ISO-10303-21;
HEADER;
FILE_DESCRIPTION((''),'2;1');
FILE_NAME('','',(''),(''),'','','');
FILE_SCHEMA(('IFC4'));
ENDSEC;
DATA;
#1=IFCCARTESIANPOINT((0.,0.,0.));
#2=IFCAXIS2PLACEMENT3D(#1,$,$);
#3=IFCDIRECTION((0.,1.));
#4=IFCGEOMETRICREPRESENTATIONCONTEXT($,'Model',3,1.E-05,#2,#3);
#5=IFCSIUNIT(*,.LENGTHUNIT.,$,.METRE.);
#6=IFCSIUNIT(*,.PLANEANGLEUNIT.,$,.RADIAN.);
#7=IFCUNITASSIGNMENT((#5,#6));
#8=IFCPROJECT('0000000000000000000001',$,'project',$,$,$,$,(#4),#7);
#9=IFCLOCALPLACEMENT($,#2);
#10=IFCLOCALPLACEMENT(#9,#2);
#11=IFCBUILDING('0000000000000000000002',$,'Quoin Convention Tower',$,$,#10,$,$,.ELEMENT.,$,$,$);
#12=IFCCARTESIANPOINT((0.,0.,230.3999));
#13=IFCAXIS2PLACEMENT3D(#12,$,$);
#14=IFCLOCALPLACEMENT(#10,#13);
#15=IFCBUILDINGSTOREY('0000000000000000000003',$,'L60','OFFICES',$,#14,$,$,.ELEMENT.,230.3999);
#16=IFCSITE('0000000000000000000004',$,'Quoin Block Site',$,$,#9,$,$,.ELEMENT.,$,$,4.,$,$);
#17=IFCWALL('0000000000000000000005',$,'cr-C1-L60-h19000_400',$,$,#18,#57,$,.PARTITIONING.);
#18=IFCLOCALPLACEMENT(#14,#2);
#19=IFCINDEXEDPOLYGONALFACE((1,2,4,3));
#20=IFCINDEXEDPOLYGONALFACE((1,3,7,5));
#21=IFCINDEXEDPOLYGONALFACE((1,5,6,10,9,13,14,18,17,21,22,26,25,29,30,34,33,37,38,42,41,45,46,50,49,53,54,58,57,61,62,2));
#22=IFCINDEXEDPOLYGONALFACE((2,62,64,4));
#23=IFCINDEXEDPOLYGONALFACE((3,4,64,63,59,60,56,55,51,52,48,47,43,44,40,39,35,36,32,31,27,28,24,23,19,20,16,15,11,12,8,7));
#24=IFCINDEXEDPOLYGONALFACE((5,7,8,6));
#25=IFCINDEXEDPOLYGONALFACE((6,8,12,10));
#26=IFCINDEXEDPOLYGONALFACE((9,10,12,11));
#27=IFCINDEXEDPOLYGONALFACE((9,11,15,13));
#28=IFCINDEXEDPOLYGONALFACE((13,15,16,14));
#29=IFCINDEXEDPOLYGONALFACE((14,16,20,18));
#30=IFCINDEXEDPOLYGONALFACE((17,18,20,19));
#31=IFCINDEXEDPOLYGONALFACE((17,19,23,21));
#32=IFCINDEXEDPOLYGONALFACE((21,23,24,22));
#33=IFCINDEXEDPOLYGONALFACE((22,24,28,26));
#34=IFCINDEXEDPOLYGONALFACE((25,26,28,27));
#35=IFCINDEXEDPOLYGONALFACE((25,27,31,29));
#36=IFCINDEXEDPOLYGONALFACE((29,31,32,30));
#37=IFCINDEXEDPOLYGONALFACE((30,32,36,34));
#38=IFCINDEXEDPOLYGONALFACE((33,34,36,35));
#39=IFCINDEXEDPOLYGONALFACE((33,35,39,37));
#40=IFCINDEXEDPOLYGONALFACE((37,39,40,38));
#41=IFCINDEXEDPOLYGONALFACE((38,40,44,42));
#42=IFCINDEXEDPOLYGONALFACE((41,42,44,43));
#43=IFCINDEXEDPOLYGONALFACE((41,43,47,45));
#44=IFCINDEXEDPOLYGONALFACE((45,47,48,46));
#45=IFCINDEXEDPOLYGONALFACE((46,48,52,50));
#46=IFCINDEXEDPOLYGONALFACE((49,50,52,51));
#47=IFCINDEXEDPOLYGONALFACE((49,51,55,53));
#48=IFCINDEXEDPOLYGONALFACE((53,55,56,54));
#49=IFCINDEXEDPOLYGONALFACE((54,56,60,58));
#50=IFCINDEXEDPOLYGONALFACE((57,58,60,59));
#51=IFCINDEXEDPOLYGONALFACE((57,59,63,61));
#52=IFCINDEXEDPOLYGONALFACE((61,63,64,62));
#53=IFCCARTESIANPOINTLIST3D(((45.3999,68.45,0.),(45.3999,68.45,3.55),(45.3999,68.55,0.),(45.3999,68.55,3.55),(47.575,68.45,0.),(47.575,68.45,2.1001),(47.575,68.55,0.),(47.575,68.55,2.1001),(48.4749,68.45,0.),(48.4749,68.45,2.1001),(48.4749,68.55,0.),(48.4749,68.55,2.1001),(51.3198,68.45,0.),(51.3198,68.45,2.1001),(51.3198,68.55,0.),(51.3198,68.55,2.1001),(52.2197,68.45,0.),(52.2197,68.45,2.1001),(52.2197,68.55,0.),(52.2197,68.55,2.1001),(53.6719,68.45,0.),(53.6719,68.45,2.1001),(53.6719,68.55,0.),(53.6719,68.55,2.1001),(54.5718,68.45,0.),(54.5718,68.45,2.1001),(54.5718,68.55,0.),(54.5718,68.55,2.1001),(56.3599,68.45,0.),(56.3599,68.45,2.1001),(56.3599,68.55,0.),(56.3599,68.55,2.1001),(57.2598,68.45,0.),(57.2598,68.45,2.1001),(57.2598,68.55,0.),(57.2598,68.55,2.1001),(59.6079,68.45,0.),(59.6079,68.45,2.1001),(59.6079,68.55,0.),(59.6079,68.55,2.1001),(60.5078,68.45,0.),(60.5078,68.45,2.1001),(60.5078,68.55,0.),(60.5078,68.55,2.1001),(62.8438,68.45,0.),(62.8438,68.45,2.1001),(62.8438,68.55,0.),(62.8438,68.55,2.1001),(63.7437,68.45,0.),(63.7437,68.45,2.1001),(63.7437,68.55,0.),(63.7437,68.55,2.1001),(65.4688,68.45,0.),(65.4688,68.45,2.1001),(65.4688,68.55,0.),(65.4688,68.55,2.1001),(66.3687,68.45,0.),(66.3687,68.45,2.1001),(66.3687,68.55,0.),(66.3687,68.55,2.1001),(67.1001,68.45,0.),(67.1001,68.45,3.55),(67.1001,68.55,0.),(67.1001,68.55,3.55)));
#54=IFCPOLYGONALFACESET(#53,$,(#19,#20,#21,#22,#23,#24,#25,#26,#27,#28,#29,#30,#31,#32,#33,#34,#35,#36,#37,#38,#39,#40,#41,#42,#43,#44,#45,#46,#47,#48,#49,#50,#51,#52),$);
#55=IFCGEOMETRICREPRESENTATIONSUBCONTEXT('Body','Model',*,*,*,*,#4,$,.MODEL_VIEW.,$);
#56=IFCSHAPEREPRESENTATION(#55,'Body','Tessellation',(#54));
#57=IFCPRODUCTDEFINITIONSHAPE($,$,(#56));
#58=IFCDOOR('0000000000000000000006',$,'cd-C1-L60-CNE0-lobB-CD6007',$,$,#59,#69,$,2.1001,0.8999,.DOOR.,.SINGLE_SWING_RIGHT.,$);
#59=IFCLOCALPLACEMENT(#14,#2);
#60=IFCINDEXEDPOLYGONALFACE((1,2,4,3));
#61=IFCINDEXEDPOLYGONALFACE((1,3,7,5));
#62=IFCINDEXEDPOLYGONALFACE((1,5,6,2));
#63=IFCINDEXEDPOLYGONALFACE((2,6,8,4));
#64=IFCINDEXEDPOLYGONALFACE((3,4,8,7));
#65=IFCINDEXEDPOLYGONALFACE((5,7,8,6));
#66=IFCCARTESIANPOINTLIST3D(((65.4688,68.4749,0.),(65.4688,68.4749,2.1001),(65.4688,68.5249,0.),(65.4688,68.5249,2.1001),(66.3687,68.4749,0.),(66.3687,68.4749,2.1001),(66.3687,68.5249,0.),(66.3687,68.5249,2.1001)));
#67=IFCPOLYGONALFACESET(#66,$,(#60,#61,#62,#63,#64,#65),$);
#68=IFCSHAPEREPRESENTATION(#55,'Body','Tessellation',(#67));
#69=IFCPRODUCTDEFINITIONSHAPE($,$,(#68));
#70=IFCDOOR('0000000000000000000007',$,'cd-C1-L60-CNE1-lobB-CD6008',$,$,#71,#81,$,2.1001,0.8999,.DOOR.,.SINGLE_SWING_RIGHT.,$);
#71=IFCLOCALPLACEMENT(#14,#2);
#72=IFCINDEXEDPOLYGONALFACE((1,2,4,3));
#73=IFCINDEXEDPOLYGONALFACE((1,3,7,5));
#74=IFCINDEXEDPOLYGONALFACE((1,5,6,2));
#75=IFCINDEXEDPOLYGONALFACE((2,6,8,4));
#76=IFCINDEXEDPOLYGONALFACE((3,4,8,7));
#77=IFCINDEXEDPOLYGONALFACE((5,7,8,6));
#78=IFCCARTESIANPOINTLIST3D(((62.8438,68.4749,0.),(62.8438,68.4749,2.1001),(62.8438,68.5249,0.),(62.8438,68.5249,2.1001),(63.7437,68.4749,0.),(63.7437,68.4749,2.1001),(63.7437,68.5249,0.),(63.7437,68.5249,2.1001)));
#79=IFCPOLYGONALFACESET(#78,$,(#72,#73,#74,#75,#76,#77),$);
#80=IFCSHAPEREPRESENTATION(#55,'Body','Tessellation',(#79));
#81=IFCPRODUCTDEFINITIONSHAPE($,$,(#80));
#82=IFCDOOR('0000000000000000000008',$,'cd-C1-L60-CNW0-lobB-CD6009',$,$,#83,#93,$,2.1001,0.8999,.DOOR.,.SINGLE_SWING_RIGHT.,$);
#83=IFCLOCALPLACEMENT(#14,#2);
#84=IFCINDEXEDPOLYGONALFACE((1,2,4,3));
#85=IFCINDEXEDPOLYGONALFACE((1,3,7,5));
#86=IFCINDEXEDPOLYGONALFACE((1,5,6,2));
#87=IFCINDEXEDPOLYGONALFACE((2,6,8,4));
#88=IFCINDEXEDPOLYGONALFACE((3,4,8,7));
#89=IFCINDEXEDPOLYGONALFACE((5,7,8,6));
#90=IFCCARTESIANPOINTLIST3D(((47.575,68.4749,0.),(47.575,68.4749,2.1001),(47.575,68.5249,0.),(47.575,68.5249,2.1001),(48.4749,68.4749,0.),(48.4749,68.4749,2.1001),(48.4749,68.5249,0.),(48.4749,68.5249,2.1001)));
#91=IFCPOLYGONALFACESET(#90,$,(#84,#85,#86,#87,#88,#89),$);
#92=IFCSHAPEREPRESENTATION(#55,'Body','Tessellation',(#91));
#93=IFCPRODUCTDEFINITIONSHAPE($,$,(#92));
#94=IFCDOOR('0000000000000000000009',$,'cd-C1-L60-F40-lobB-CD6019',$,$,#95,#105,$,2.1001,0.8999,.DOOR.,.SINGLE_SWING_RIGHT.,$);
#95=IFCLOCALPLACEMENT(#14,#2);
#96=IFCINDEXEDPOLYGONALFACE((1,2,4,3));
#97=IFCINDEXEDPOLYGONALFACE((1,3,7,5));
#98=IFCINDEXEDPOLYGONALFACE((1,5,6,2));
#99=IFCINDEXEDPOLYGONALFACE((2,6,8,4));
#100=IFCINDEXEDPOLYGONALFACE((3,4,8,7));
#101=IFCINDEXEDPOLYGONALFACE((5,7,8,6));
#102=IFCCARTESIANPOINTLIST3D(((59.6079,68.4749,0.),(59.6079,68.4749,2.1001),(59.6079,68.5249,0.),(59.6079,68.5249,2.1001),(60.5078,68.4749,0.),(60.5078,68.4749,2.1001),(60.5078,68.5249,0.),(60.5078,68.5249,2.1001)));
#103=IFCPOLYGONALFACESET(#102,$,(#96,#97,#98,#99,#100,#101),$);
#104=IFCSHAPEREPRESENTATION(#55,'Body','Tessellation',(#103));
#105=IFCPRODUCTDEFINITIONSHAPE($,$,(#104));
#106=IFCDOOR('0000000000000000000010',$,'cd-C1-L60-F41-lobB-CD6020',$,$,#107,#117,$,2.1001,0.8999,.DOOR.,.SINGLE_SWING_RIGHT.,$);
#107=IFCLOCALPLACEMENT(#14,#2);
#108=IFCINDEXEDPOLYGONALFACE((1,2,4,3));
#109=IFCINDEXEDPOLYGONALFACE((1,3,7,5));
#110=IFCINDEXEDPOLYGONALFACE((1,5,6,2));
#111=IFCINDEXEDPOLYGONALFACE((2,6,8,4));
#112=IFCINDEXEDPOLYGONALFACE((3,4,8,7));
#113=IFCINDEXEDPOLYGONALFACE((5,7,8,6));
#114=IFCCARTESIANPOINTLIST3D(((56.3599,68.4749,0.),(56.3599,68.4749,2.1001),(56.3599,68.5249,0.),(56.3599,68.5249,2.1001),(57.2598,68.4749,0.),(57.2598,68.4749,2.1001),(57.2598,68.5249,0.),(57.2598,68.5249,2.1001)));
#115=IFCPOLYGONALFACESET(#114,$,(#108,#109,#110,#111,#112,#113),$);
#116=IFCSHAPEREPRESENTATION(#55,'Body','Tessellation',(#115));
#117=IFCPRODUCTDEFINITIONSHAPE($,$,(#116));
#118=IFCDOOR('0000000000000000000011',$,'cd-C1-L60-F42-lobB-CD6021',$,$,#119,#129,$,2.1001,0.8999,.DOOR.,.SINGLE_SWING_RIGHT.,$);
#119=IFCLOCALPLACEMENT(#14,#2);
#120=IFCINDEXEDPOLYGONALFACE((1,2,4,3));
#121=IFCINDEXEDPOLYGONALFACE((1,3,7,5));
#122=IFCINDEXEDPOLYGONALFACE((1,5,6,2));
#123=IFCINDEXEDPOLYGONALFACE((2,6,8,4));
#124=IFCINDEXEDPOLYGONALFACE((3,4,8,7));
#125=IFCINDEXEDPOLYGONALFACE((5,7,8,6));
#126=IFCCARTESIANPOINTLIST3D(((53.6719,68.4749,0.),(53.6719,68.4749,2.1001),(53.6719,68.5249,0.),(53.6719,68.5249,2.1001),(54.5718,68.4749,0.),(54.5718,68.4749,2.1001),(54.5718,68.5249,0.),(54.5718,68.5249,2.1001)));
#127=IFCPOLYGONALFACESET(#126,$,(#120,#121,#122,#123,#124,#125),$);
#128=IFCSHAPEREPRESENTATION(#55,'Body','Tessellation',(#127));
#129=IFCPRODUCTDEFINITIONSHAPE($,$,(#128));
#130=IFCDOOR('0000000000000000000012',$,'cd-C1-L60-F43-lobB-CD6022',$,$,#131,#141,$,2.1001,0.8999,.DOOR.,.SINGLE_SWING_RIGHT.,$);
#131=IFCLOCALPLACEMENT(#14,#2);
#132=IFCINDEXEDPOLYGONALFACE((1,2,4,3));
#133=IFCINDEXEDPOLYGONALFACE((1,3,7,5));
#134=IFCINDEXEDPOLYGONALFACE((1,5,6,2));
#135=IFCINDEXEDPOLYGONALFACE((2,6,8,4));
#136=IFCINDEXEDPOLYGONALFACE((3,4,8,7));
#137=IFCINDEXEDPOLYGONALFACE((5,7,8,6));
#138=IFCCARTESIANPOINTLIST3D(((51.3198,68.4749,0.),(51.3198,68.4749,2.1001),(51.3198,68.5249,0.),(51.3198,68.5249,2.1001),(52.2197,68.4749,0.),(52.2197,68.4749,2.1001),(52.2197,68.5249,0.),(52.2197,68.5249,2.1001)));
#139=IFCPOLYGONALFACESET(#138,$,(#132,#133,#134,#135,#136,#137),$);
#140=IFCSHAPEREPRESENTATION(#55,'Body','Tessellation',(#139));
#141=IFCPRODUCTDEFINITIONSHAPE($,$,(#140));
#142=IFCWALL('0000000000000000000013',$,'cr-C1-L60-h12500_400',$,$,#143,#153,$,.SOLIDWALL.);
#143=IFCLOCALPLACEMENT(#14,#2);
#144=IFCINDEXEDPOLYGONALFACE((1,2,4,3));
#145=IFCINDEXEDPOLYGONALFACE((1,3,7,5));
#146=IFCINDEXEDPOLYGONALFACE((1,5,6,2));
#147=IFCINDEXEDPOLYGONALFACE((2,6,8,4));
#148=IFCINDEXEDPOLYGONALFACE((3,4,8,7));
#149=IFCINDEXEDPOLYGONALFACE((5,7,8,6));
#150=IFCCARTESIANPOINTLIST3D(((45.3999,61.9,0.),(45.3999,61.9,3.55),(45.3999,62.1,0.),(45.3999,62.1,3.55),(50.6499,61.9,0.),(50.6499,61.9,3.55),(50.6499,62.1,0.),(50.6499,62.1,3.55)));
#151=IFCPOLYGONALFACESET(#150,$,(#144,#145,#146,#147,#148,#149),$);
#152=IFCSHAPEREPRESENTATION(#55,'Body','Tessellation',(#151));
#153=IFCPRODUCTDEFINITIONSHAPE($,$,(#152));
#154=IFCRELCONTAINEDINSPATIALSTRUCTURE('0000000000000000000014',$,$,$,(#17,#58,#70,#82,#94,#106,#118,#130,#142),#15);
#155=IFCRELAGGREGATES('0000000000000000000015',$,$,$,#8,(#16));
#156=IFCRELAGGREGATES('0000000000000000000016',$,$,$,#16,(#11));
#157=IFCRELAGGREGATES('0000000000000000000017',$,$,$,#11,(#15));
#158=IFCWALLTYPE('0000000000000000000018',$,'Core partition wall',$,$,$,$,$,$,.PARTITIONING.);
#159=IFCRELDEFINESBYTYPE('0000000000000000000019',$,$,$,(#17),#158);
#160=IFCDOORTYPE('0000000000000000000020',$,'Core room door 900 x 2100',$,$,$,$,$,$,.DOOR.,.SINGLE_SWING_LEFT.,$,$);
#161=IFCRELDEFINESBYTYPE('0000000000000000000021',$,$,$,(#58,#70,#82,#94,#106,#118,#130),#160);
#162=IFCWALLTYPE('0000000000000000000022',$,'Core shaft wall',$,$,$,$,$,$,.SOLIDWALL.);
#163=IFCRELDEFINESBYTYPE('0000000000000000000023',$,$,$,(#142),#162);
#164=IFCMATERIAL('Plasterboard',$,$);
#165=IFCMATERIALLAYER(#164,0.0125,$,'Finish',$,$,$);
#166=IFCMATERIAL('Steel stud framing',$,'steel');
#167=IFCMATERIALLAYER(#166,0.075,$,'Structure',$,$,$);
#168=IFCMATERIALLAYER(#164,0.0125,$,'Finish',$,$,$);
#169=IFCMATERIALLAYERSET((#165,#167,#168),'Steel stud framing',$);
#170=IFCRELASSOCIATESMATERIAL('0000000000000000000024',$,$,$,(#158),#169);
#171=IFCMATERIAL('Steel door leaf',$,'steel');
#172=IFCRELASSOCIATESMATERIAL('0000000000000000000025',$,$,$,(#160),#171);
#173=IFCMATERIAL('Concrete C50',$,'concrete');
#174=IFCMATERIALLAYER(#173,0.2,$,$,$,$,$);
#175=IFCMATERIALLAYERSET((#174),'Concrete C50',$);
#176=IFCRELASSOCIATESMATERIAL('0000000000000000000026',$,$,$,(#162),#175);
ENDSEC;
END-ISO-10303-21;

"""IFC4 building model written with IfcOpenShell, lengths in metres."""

from ifc_helpers import new_model, si_unit, direction, frame, frame_2d, origin, place, context, subcontext, project, spatial, rectangle, extrude, material, layer, layer_set, type_object, element, fill, save


model = new_model("IFC4")

# Units and contexts
model_context = context("Model", 3, precision=1e-05, world=origin(), true_north=direction((0.0, 1.0)))
body_context = subcontext(model_context, "Body", "Model", "MODEL_VIEW")
ifc_project = project(units=[si_unit("LENGTHUNIT", "METRE"), si_unit("PLANEANGLEUNIT", "RADIAN")], contexts=[model_context])

# Site, building, storey
site_placement = place(None, origin())
site = spatial("IfcSite", under=ifc_project, at=site_placement, Name="Quoin Block Site", CompositionType="ELEMENT", RefElevation=4.0)
building_placement = place(site_placement, origin())
building = spatial("IfcBuilding", under=site, at=building_placement, Name="Quoin Convention Tower", CompositionType="ELEMENT")
storey_placement = place(building_placement, frame((0.0, 0.0, 230.3999)))
storey = spatial("IfcBuildingStorey", under=building, at=storey_placement, Name="L60", Description="OFFICES", CompositionType="ELEMENT", Elevation=230.3999)

# Wall, openings, doors
ifc_material_1 = material(Name="Plasterboard")
ifc_layer_1 = layer(ifc_material_1, 0.0125, Name="Finish")
ifc_material_2 = material(Name="Steel stud framing", Category="steel")
ifc_layer_2 = layer(ifc_material_2, 0.075, Name="Structure")
ifc_layer_3 = layer(ifc_material_1, 0.0125, Name="Finish")
ifc_layer_set_1 = layer_set([ifc_layer_1, ifc_layer_2, ifc_layer_3], Name="Steel stud framing")
wall_type_1 = type_object("IfcWallType", Name="Core partition wall", PredefinedType="PARTITIONING", material=ifc_layer_set_1)
wall_1_placement = place(storey_placement, frame((45.3999, 68.5, 0.0), z_axis=(0.0, 0.0, 1.0), x_axis=(1.0, 0.0, 0.0)))
wall_1 = element("IfcWall", 1, at=wall_1_placement, inside=storey, type_object=wall_type_1, Name="cr-C1-L60-h19000_400", PredefinedType="PARTITIONING", context=body_context, shape_type="SweptSolid", body=[
    extrude(rectangle(XDim=21.7002, YDim=0.1001, at=frame_2d((10.8501, 0.0))), origin(), (0.0, 0.0, 1.0), 3.55),
])
opening_1_placement = place(wall_1_placement, frame((20.0688, 0.0, 0.0)))
opening_1 = element("IfcOpeningElement", 2, at=opening_1_placement, cuts=wall_1, PredefinedType="OPENING", context=body_context, shape_type="SweptSolid", body=[
    extrude(rectangle(XDim=0.8999, YDim=2.1001, at=frame_2d((0.45, 1.05))), frame((0.0, 0.0601, 0.0), z_axis=(0.0, -1.0, 0.0), x_axis=(1.0, 0.0, 0.0)), (0.0, 0.0, 1.0), 0.1201),
])
opening_2_placement = place(wall_1_placement, frame((17.4438, 0.0, 0.0)))
opening_2 = element("IfcOpeningElement", 3, at=opening_2_placement, cuts=wall_1, PredefinedType="OPENING", context=body_context, shape_type="SweptSolid", body=[
    extrude(rectangle(XDim=0.8999, YDim=2.1001, at=frame_2d((0.45, 1.05))), frame((0.0, 0.0601, 0.0), z_axis=(0.0, -1.0, 0.0), x_axis=(1.0, 0.0, 0.0)), (0.0, 0.0, 1.0), 0.1201),
])
opening_3_placement = place(wall_1_placement, frame((2.175, 0.0, 0.0)))
opening_3 = element("IfcOpeningElement", 4, at=opening_3_placement, cuts=wall_1, PredefinedType="OPENING", context=body_context, shape_type="SweptSolid", body=[
    extrude(rectangle(XDim=0.8999, YDim=2.1001, at=frame_2d((0.45, 1.05))), frame((0.0, 0.0601, 0.0), z_axis=(0.0, -1.0, 0.0), x_axis=(1.0, 0.0, 0.0)), (0.0, 0.0, 1.0), 0.1201),
])
opening_4_placement = place(wall_1_placement, frame((14.208, 0.0, 0.0)))
opening_4 = element("IfcOpeningElement", 5, at=opening_4_placement, cuts=wall_1, PredefinedType="OPENING", context=body_context, shape_type="SweptSolid", body=[
    extrude(rectangle(XDim=0.8999, YDim=2.1001, at=frame_2d((0.45, 1.05))), frame((0.0, 0.0601, 0.0), z_axis=(0.0, -1.0, 0.0), x_axis=(1.0, 0.0, 0.0)), (0.0, 0.0, 1.0), 0.1201),
])
opening_5_placement = place(wall_1_placement, frame((10.96, 0.0, 0.0)))
opening_5 = element("IfcOpeningElement", 6, at=opening_5_placement, cuts=wall_1, PredefinedType="OPENING", context=body_context, shape_type="SweptSolid", body=[
    extrude(rectangle(XDim=0.8999, YDim=2.1001, at=frame_2d((0.45, 1.05))), frame((0.0, 0.0601, 0.0), z_axis=(0.0, -1.0, 0.0), x_axis=(1.0, 0.0, 0.0)), (0.0, 0.0, 1.0), 0.1201),
])
opening_6_placement = place(wall_1_placement, frame((8.272, 0.0, 0.0)))
opening_6 = element("IfcOpeningElement", 7, at=opening_6_placement, cuts=wall_1, PredefinedType="OPENING", context=body_context, shape_type="SweptSolid", body=[
    extrude(rectangle(XDim=0.8999, YDim=2.1001, at=frame_2d((0.45, 1.05))), frame((0.0, 0.0601, 0.0), z_axis=(0.0, -1.0, 0.0), x_axis=(1.0, 0.0, 0.0)), (0.0, 0.0, 1.0), 0.1201),
])
opening_7_placement = place(wall_1_placement, frame((5.9199, 0.0, 0.0)))
opening_7 = element("IfcOpeningElement", 8, at=opening_7_placement, cuts=wall_1, PredefinedType="OPENING", context=body_context, shape_type="SweptSolid", body=[
    extrude(rectangle(XDim=0.8999, YDim=2.1001, at=frame_2d((0.45, 1.05))), frame((0.0, 0.0601, 0.0), z_axis=(0.0, -1.0, 0.0), x_axis=(1.0, 0.0, 0.0)), (0.0, 0.0, 1.0), 0.1201),
])
ifc_material_3 = material(Name="Steel door leaf", Category="steel")
door_type_1 = type_object("IfcDoorType", Name="Core room door 900 x 2100", OperationType="SINGLE_SWING_LEFT", PredefinedType="DOOR", material=ifc_material_3)
door_1_placement = place(opening_1_placement, origin())
door_1 = element("IfcDoor", 9, at=door_1_placement, inside=storey, type_object=door_type_1, Name="cd-C1-L60-CNE0-lobB-CD6007", OperationType="SINGLE_SWING_RIGHT", OverallHeight=2.1001, OverallWidth=0.8999, PredefinedType="DOOR", context=body_context, shape_type="SweptSolid", body=[
    extrude(rectangle(XDim=0.8999, YDim=2.1001, at=frame_2d((0.45, 1.05))), frame((0.0, 0.0249, 0.0), z_axis=(0.0, -1.0, 0.0), x_axis=(1.0, 0.0, 0.0)), (0.0, 0.0, 1.0), 0.05),
])
fill(opening_1, door_1)
door_2_placement = place(opening_2_placement, origin())
door_2 = element("IfcDoor", 10, at=door_2_placement, inside=storey, type_object=door_type_1, Name="cd-C1-L60-CNE1-lobB-CD6008", OperationType="SINGLE_SWING_RIGHT", OverallHeight=2.1001, OverallWidth=0.8999, PredefinedType="DOOR", context=body_context, shape_type="SweptSolid", body=[
    extrude(rectangle(XDim=0.8999, YDim=2.1001, at=frame_2d((0.45, 1.05))), frame((0.0, 0.0249, 0.0), z_axis=(0.0, -1.0, 0.0), x_axis=(1.0, 0.0, 0.0)), (0.0, 0.0, 1.0), 0.05),
])
fill(opening_2, door_2)
door_3_placement = place(opening_3_placement, origin())
door_3 = element("IfcDoor", 11, at=door_3_placement, inside=storey, type_object=door_type_1, Name="cd-C1-L60-CNW0-lobB-CD6009", OperationType="SINGLE_SWING_RIGHT", OverallHeight=2.1001, OverallWidth=0.8999, PredefinedType="DOOR", context=body_context, shape_type="SweptSolid", body=[
    extrude(rectangle(XDim=0.8999, YDim=2.1001, at=frame_2d((0.45, 1.05))), frame((0.0, 0.0249, 0.0), z_axis=(0.0, -1.0, 0.0), x_axis=(1.0, 0.0, 0.0)), (0.0, 0.0, 1.0), 0.05),
])
fill(opening_3, door_3)
door_4_placement = place(opening_4_placement, origin())
door_4 = element("IfcDoor", 12, at=door_4_placement, inside=storey, type_object=door_type_1, Name="cd-C1-L60-F40-lobB-CD6019", OperationType="SINGLE_SWING_RIGHT", OverallHeight=2.1001, OverallWidth=0.8999, PredefinedType="DOOR", context=body_context, shape_type="SweptSolid", body=[
    extrude(rectangle(XDim=0.8999, YDim=2.1001, at=frame_2d((0.45, 1.05))), frame((0.0, 0.0249, 0.0), z_axis=(0.0, -1.0, 0.0), x_axis=(1.0, 0.0, 0.0)), (0.0, 0.0, 1.0), 0.05),
])
fill(opening_4, door_4)
door_5_placement = place(opening_5_placement, origin())
door_5 = element("IfcDoor", 13, at=door_5_placement, inside=storey, type_object=door_type_1, Name="cd-C1-L60-F41-lobB-CD6020", OperationType="SINGLE_SWING_RIGHT", OverallHeight=2.1001, OverallWidth=0.8999, PredefinedType="DOOR", context=body_context, shape_type="SweptSolid", body=[
    extrude(rectangle(XDim=0.8999, YDim=2.1001, at=frame_2d((0.45, 1.05))), frame((0.0, 0.0249, 0.0), z_axis=(0.0, -1.0, 0.0), x_axis=(1.0, 0.0, 0.0)), (0.0, 0.0, 1.0), 0.05),
])
fill(opening_5, door_5)
door_6_placement = place(opening_6_placement, origin())
door_6 = element("IfcDoor", 14, at=door_6_placement, inside=storey, type_object=door_type_1, Name="cd-C1-L60-F42-lobB-CD6021", OperationType="SINGLE_SWING_RIGHT", OverallHeight=2.1001, OverallWidth=0.8999, PredefinedType="DOOR", context=body_context, shape_type="SweptSolid", body=[
    extrude(rectangle(XDim=0.8999, YDim=2.1001, at=frame_2d((0.45, 1.05))), frame((0.0, 0.0249, 0.0), z_axis=(0.0, -1.0, 0.0), x_axis=(1.0, 0.0, 0.0)), (0.0, 0.0, 1.0), 0.05),
])
fill(opening_6, door_6)
door_7_placement = place(opening_7_placement, origin())
door_7 = element("IfcDoor", 15, at=door_7_placement, inside=storey, type_object=door_type_1, Name="cd-C1-L60-F43-lobB-CD6022", OperationType="SINGLE_SWING_RIGHT", OverallHeight=2.1001, OverallWidth=0.8999, PredefinedType="DOOR", context=body_context, shape_type="SweptSolid", body=[
    extrude(rectangle(XDim=0.8999, YDim=2.1001, at=frame_2d((0.45, 1.05))), frame((0.0, 0.0249, 0.0), z_axis=(0.0, -1.0, 0.0), x_axis=(1.0, 0.0, 0.0)), (0.0, 0.0, 1.0), 0.05),
])
fill(opening_7, door_7)

# Wall
ifc_material_4 = material(Name="Concrete C50", Category="concrete")
ifc_layer_4 = layer(ifc_material_4, 0.2)
ifc_layer_set_2 = layer_set([ifc_layer_4], Name="Concrete C50")
wall_type_2 = type_object("IfcWallType", Name="Core shaft wall", PredefinedType="SOLIDWALL", material=ifc_layer_set_2)
wall_2_placement = place(storey_placement, frame((45.3999, 62.0, 0.0), z_axis=(0.0, 0.0, 1.0), x_axis=(1.0, 0.0, 0.0)))
element("IfcWall", 16, at=wall_2_placement, inside=storey, type_object=wall_type_2, Name="cr-C1-L60-h12500_400", PredefinedType="SOLIDWALL", context=body_context, shape_type="SweptSolid", body=[
    extrude(rectangle(XDim=5.25, YDim=0.2, at=frame_2d((2.625, 0.0))), origin(), (0.0, 0.0, 1.0), 3.55),
])

save(model, "model.ifc")
